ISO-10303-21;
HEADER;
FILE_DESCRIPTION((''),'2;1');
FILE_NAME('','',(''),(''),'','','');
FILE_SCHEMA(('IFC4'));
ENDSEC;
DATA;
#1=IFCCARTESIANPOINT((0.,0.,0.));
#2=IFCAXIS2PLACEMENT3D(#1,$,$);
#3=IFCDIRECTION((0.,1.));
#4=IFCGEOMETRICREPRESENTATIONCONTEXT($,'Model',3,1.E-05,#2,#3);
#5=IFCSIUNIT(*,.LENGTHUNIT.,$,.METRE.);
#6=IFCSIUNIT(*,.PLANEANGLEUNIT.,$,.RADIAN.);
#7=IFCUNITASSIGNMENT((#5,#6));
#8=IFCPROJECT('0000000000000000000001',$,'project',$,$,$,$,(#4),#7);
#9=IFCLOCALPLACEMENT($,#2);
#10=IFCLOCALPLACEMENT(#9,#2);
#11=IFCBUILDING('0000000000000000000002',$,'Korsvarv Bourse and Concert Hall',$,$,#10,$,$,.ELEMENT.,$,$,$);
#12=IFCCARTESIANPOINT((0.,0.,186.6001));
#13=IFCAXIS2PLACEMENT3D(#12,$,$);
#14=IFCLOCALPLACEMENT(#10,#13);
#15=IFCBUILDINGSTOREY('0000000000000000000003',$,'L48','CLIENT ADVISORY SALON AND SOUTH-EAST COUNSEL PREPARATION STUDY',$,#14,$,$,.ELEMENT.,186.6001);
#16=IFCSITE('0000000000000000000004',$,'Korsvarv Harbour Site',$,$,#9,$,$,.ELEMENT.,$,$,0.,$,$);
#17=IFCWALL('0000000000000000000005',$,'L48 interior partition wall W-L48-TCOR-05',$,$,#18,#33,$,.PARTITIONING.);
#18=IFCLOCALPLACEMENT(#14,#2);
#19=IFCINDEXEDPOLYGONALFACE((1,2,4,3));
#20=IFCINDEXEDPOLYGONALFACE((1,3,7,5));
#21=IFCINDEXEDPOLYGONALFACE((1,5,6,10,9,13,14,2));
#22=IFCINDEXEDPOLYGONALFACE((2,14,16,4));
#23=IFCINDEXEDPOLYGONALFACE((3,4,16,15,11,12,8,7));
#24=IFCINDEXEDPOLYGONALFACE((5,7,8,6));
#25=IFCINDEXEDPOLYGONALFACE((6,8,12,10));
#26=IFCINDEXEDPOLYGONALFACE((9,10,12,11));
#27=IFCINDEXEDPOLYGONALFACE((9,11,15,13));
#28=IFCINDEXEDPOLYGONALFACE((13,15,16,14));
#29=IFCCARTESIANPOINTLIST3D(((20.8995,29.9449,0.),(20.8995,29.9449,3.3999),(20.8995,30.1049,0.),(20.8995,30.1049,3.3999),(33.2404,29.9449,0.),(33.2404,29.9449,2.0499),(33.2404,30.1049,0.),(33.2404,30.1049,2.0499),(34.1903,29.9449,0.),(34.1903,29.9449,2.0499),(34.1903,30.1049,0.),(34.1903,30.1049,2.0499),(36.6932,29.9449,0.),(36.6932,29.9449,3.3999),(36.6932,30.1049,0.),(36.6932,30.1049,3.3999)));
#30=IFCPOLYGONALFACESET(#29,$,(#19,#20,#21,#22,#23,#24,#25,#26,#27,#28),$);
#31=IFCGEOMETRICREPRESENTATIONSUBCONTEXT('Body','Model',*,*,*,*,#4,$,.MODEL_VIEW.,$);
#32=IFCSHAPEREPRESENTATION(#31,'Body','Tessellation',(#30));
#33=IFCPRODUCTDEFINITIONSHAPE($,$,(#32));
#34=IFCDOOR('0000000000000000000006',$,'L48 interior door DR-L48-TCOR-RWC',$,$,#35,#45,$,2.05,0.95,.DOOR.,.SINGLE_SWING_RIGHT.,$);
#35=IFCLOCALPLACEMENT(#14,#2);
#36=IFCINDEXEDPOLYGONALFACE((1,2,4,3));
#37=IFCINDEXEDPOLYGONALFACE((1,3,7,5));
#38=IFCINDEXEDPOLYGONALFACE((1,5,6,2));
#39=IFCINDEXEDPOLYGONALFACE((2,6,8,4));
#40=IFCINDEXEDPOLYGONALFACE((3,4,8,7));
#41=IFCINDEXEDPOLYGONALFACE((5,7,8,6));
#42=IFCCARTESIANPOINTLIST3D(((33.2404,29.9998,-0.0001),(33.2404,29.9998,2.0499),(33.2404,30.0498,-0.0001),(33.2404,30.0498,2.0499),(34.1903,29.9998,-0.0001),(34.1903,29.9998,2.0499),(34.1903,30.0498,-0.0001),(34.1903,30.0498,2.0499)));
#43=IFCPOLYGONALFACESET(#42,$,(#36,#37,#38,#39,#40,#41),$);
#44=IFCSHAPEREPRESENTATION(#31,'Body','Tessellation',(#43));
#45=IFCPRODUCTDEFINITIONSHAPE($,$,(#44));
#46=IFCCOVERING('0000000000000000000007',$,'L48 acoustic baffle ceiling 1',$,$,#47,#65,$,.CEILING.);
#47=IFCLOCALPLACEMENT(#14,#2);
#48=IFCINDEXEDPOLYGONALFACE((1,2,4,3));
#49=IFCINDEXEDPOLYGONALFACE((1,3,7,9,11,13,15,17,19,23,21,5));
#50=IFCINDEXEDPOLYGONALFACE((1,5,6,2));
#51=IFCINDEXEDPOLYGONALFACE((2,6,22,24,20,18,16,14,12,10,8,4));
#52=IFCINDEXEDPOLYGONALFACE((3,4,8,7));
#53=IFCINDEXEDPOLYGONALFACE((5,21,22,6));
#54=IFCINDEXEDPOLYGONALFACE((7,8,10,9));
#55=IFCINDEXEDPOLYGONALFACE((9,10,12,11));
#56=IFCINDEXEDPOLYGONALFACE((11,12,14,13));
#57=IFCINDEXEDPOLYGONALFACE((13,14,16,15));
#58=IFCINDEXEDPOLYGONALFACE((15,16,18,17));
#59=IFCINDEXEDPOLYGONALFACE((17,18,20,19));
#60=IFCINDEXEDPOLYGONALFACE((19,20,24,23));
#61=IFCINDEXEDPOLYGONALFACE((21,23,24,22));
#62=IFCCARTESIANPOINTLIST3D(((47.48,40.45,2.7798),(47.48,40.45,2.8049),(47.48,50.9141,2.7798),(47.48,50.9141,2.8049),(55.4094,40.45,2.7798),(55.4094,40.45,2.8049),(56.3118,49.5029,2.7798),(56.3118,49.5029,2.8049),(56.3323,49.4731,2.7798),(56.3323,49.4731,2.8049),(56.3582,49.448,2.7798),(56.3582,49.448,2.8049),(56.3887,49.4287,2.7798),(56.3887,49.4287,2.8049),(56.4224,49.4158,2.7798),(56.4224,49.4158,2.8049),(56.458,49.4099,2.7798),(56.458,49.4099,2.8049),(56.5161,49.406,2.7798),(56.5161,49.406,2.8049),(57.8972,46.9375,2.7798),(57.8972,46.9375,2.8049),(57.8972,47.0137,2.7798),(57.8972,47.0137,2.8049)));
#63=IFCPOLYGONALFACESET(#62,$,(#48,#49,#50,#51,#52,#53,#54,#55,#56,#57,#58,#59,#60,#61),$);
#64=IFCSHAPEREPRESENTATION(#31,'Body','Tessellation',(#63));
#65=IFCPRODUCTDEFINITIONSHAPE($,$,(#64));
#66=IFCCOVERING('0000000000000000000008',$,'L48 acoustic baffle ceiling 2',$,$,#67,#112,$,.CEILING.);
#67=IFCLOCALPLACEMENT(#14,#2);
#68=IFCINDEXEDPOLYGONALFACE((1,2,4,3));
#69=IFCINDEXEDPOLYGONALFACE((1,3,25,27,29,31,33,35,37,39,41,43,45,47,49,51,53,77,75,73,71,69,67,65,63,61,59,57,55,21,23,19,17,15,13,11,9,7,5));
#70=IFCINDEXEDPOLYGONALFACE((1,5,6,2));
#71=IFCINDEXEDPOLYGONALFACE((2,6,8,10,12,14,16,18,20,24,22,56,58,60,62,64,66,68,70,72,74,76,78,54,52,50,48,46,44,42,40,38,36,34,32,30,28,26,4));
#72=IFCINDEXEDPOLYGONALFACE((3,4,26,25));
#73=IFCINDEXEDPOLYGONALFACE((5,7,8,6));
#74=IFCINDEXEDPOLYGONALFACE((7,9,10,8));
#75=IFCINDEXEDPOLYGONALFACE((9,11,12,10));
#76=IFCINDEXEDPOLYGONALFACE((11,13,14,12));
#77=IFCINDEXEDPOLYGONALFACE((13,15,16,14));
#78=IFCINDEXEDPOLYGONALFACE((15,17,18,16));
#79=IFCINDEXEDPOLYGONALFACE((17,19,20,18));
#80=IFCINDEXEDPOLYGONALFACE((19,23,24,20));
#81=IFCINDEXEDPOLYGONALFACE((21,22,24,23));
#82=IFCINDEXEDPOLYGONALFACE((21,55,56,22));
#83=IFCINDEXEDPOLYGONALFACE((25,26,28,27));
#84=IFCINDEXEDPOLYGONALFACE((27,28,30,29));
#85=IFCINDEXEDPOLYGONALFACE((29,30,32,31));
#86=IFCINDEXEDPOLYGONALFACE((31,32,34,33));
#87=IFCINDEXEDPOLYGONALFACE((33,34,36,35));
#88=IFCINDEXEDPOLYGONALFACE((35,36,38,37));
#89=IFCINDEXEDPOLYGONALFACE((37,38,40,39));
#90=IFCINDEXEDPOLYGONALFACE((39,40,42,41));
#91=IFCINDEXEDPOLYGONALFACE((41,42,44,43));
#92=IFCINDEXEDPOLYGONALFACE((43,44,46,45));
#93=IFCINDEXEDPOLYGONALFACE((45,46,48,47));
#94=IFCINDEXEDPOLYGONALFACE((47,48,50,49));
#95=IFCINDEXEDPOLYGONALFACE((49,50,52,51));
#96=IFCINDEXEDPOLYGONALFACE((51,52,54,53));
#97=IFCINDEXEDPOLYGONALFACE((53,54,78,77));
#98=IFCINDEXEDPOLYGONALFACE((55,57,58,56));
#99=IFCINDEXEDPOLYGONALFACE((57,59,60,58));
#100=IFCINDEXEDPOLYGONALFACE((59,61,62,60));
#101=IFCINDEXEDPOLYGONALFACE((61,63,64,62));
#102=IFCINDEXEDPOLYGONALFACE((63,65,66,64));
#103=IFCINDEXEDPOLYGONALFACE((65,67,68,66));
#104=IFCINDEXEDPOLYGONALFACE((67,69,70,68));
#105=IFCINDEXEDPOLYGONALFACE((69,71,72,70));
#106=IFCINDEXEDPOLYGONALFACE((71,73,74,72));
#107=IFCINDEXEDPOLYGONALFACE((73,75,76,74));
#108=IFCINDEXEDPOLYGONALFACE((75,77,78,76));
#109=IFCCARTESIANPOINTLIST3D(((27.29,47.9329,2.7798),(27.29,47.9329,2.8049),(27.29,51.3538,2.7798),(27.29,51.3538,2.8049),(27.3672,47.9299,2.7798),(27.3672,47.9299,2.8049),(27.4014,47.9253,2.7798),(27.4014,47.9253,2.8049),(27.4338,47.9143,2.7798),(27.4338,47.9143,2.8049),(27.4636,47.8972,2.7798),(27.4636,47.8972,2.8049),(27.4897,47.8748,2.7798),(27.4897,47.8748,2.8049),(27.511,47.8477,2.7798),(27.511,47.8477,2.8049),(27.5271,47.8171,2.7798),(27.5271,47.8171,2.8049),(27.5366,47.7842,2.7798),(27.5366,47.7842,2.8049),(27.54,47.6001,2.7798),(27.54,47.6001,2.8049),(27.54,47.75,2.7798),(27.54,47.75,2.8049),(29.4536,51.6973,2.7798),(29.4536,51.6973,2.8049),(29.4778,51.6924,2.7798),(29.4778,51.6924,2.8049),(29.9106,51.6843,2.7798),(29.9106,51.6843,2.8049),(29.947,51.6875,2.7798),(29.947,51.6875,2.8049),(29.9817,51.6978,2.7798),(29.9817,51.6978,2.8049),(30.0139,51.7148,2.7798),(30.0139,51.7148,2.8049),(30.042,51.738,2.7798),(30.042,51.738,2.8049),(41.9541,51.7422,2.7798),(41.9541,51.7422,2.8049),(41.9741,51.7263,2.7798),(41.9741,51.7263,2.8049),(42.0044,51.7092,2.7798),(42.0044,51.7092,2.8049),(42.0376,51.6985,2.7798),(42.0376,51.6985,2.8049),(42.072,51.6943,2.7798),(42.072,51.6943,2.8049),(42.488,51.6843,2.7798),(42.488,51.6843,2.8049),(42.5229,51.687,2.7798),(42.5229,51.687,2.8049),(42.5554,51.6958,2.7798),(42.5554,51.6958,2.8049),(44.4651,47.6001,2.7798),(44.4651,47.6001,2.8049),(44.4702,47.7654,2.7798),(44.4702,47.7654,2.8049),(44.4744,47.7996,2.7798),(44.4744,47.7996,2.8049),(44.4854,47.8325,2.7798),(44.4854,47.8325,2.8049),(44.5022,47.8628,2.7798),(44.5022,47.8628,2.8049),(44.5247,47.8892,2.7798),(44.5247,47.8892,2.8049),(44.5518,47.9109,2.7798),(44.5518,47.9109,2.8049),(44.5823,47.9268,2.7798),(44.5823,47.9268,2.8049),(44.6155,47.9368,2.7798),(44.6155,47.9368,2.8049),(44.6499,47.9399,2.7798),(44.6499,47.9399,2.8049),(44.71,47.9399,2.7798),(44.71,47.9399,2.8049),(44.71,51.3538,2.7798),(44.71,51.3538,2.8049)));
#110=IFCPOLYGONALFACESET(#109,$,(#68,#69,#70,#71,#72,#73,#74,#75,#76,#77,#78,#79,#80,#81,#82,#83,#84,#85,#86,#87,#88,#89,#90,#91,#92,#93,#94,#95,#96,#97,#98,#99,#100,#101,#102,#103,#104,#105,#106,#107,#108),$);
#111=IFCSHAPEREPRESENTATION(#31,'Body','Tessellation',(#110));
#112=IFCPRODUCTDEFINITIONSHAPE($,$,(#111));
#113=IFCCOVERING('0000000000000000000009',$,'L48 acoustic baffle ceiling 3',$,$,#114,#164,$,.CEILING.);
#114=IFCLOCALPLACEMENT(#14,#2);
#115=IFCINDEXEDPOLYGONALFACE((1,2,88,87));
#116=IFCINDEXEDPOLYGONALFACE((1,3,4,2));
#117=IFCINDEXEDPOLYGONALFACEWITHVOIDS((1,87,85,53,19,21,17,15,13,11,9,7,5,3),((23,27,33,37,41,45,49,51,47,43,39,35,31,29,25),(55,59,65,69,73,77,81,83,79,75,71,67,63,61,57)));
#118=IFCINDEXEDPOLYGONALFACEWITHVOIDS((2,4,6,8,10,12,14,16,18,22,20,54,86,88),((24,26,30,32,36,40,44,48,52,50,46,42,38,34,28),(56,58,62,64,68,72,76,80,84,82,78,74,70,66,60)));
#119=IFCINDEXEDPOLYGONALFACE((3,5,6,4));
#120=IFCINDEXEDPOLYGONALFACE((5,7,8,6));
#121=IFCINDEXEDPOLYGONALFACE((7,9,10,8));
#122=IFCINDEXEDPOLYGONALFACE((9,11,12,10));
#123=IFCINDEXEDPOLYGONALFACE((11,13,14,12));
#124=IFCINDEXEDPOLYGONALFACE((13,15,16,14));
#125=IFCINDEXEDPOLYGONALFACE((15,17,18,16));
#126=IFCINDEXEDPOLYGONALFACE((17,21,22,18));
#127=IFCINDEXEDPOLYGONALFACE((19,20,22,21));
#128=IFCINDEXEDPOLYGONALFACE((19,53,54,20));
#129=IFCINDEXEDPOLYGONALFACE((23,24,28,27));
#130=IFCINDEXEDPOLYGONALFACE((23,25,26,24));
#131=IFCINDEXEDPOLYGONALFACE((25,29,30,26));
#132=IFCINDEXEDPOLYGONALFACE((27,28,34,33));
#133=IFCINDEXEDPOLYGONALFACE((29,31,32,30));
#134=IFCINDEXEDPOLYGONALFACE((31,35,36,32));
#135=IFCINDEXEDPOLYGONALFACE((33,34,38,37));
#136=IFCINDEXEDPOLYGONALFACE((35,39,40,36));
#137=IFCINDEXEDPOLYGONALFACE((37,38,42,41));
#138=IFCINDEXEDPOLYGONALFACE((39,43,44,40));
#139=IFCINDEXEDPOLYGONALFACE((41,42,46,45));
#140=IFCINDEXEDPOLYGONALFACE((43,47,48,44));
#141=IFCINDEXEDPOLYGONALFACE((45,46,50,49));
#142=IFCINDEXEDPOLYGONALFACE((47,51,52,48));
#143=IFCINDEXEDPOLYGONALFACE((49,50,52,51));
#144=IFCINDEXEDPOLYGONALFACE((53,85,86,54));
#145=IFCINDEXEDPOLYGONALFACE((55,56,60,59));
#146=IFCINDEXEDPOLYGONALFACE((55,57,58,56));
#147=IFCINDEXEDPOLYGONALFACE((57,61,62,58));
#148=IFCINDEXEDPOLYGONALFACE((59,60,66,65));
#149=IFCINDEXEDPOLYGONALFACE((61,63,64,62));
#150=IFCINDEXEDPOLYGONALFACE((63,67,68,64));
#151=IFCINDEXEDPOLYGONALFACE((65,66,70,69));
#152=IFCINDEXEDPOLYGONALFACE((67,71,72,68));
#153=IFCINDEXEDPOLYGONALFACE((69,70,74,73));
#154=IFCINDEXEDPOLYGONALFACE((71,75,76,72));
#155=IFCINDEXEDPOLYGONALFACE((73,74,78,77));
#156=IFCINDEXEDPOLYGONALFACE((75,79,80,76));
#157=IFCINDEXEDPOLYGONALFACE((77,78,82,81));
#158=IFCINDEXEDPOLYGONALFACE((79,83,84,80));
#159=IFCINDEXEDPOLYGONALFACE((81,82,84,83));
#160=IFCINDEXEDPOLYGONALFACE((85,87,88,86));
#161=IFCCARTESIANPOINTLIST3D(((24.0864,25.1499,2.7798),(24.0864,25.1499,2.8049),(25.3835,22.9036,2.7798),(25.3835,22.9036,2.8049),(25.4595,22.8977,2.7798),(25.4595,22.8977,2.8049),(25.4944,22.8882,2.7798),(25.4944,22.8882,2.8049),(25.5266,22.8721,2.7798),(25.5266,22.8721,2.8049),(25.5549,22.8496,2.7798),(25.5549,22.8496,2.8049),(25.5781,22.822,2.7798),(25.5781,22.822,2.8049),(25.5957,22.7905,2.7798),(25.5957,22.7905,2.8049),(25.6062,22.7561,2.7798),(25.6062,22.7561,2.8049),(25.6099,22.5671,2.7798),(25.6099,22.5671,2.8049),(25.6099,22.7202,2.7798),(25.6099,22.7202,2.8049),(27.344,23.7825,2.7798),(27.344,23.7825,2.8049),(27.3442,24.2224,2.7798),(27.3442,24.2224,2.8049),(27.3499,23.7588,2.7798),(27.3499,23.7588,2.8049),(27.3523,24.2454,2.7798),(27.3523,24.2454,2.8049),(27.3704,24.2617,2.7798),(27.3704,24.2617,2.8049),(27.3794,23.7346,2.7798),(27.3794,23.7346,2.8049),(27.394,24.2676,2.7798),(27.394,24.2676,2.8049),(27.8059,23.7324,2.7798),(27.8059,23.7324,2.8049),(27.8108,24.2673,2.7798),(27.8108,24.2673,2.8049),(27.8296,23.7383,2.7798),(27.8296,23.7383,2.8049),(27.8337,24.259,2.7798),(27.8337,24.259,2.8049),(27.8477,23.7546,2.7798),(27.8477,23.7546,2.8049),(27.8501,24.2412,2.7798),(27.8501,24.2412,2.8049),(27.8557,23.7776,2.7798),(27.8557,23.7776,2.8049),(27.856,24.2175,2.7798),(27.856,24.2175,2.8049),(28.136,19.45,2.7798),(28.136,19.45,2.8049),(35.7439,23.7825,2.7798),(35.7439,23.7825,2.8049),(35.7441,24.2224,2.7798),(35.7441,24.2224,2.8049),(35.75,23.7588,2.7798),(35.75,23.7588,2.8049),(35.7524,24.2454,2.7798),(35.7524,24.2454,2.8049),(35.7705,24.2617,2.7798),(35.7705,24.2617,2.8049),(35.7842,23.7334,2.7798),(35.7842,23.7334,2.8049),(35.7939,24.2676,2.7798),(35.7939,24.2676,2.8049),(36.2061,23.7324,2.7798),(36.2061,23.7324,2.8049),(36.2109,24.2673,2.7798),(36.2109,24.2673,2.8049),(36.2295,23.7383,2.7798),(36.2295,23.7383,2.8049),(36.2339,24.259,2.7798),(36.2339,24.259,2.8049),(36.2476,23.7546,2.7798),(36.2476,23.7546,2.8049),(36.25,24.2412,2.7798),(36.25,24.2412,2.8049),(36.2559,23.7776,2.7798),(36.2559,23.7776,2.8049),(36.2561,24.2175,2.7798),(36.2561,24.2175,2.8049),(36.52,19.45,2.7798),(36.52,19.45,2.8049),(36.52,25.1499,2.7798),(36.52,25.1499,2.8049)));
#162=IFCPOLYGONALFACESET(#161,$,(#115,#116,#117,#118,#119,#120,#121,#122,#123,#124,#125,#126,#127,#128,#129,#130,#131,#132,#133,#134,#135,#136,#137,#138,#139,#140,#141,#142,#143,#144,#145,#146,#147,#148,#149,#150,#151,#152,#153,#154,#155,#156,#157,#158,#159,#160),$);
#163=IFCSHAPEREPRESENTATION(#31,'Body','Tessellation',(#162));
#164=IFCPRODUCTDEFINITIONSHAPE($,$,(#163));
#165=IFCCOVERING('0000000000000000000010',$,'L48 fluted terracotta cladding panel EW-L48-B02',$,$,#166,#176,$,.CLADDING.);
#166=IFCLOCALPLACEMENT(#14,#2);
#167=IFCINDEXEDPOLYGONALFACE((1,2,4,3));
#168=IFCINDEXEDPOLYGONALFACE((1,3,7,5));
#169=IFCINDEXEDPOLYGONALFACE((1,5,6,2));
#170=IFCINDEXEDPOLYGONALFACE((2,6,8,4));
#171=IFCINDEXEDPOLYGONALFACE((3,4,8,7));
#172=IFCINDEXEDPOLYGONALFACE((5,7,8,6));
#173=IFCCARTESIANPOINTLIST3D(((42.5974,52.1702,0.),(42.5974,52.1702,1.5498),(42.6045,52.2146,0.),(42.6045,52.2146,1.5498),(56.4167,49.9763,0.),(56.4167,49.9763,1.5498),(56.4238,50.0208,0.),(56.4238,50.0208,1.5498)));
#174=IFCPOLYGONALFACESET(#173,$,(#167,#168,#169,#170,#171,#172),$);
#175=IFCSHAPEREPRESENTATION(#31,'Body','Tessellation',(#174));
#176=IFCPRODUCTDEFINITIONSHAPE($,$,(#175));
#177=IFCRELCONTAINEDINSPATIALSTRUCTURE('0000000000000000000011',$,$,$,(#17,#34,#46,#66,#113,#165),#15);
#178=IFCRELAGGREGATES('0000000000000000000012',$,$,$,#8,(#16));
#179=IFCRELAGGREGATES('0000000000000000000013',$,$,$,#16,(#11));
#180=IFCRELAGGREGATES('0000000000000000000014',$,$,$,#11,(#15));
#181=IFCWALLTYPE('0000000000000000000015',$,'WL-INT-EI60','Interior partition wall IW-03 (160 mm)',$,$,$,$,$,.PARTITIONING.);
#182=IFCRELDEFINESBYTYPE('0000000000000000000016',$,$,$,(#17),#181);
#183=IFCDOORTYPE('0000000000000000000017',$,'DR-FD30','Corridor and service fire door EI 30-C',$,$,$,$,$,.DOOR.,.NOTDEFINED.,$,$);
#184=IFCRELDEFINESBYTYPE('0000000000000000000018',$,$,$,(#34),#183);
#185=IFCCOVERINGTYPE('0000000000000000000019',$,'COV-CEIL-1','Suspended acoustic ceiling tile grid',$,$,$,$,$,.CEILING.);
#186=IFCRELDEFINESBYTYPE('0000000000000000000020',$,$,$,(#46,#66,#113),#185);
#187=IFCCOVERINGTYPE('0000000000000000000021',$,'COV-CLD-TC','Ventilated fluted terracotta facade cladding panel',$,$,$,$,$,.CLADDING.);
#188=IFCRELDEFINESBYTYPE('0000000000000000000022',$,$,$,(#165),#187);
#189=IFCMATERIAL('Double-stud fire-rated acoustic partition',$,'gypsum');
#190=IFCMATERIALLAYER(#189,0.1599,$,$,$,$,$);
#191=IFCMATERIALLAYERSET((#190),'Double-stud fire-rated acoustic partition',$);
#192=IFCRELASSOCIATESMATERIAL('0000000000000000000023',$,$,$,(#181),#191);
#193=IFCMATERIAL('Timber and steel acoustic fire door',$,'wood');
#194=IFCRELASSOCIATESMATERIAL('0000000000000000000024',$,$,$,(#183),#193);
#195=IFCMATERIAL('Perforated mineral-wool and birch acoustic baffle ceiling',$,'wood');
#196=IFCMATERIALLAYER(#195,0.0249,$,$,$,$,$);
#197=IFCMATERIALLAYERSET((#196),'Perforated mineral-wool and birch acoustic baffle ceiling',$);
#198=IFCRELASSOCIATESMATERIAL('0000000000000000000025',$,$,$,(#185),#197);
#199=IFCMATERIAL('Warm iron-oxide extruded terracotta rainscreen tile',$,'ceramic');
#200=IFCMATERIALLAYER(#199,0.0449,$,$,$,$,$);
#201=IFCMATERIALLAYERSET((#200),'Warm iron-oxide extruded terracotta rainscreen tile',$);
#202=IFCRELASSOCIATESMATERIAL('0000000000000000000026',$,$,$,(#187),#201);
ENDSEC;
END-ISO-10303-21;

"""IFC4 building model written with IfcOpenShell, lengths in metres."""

from ifc_helpers import new_model, si_unit, direction, frame, frame_2d, origin, place, context, subcontext, project, spatial, polyline, rectangle, outline, extrude, material, layer, layer_set, type_object, element, fill, save


model = new_model("IFC4")

# Units and contexts
model_context = context("Model", 3, precision=1e-05, world=origin(), true_north=direction((0.0, 1.0)))
body_context = subcontext(model_context, "Body", "Model", "MODEL_VIEW")
ifc_project = project(units=[si_unit("LENGTHUNIT", "METRE"), si_unit("PLANEANGLEUNIT", "RADIAN")], contexts=[model_context])

# Site, building, storey
site_placement = place(None, origin())
site = spatial("IfcSite", under=ifc_project, at=site_placement, Name="Korsvarv Harbour Site", CompositionType="ELEMENT", RefElevation=0.0)
building_placement = place(site_placement, origin())
building = spatial("IfcBuilding", under=site, at=building_placement, Name="Korsvarv Bourse and Concert Hall", CompositionType="ELEMENT")
storey_placement = place(building_placement, frame((0.0, 0.0, 186.6001)))
storey = spatial("IfcBuildingStorey", under=building, at=storey_placement, Name="L48", Description="CLIENT ADVISORY SALON AND SOUTH-EAST COUNSEL PREPARATION STUDY", CompositionType="ELEMENT", Elevation=186.6001)

# Wall, opening, door
ifc_material_1 = material(Name="Double-stud fire-rated acoustic partition", Category="gypsum")
ifc_layer_1 = layer(ifc_material_1, 0.1599)
ifc_layer_set_1 = layer_set([ifc_layer_1], Name="Double-stud fire-rated acoustic partition")
wall_type = type_object("IfcWallType", Name="WL-INT-EI60", Description="Interior partition wall IW-03 (160 mm)", PredefinedType="PARTITIONING", material=ifc_layer_set_1)
wall_placement = place(storey_placement, frame((20.8994, 30.0249, 0.0), z_axis=(0.0, 0.0, 1.0), x_axis=(1.0, 0.0, 0.0)))
wall = element("IfcWall", 1, at=wall_placement, inside=storey, type_object=wall_type, Name="L48 interior partition wall W-L48-TCOR-05", PredefinedType="PARTITIONING", context=body_context, shape_type="SweptSolid", body=[
    extrude(rectangle(XDim=15.7937, YDim=0.1599, at=frame_2d((7.897, 0.0))), origin(), (0.0, 0.0, 1.0), 3.3999),
])
opening_placement = place(wall_placement, frame((12.3408, 0.0, 0.0)))
opening = element("IfcOpeningElement", 2, at=opening_placement, cuts=wall, PredefinedType="OPENING", context=body_context, shape_type="SweptSolid", body=[
    extrude(rectangle(XDim=0.95, YDim=2.05, at=frame_2d((0.4751, 1.0249))), frame((0.0, 0.0898, 0.0), z_axis=(0.0, -1.0, 0.0), x_axis=(1.0, 0.0, 0.0)), (0.0, 0.0, 1.0), 0.1799),
])
ifc_material_2 = material(Name="Timber and steel acoustic fire door", Category="wood")
door_type = type_object("IfcDoorType", Name="DR-FD30", Description="Corridor and service fire door EI 30-C", OperationType="NOTDEFINED", PredefinedType="DOOR", material=ifc_material_2)
door_placement = place(opening_placement, origin())
door = element("IfcDoor", 3, at=door_placement, inside=storey, type_object=door_type, Name="L48 interior door DR-L48-TCOR-RWC", OperationType="SINGLE_SWING_RIGHT", OverallHeight=2.05, OverallWidth=0.95, PredefinedType="DOOR", context=body_context, shape_type="SweptSolid", body=[
    extrude(rectangle(XDim=0.95, YDim=2.05, at=frame_2d((0.4751, 1.0249))), frame((0.0, 0.0249, 0.0), z_axis=(0.0, -1.0, 0.0), x_axis=(1.0, 0.0, 0.0)), (0.0, 0.0, 1.0), 0.05),
])
fill(opening, door)

# Coverings
ifc_material_3 = material(Name="Perforated mineral-wool and birch acoustic baffle ceiling", Category="wood")
ifc_layer_2 = layer(ifc_material_3, 0.0249)
ifc_layer_set_2 = layer_set([ifc_layer_2], Name="Perforated mineral-wool and birch acoustic baffle ceiling")
covering_type_1 = type_object("IfcCoveringType", Name="COV-CEIL-1", Description="Suspended acoustic ceiling tile grid", PredefinedType="CEILING", material=ifc_layer_set_2)
covering_1_placement = place(storey_placement, frame((0.0, 0.0, 2.7798)))
element("IfcCovering", 4, at=covering_1_placement, inside=storey, type_object=covering_type_1, Name="L48 acoustic baffle ceiling 1", PredefinedType="CEILING", context=body_context, shape_type="SweptSolid", body=[
    extrude(outline(polyline([(56.3118, 49.5029), (56.3323, 49.4731), (56.3582, 49.448), (56.3887, 49.4287), (56.4224, 49.4158), (56.458, 49.4099), (56.5161, 49.406), (57.8972, 47.0137), (57.8972, 46.9375), (55.4094, 40.45), (47.48, 40.45), (47.48, 50.9141), (56.3118, 49.5029)])), origin(), (0.0, 0.0, 1.0), 0.0251),
])
covering_2_placement = place(storey_placement, frame((0.0, 0.0, 2.7798)))
element("IfcCovering", 5, at=covering_2_placement, inside=storey, type_object=covering_type_1, Name="L48 acoustic baffle ceiling 2", PredefinedType="CEILING", context=body_context, shape_type="SweptSolid", body=[
    extrude(outline(polyline([(29.4536, 51.6973), (29.4778, 51.6924), (29.9106, 51.6843), (29.947, 51.6875), (29.9817, 51.6978), (30.0139, 51.7148), (30.042, 51.738), (41.9541, 51.7422), (41.9741, 51.7263), (42.0044, 51.7092), (42.0376, 51.6985), (42.072, 51.6943), (42.488, 51.6843), (42.5229, 51.687), (42.5554, 51.6958), (44.71, 51.3538), (44.71, 47.9399), (44.6499, 47.9399), (44.6155, 47.9368), (44.5823, 47.9268), (44.5518, 47.9109), (44.5247, 47.8892), (44.5022, 47.8628), (44.4854, 47.8325), (44.4744, 47.7996), (44.4702, 47.7654), (44.4651, 47.6001), (27.54, 47.6001), (27.54, 47.75), (27.5366, 47.7842), (27.5271, 47.8171), (27.511, 47.8477), (27.4897, 47.8748), (27.4636, 47.8972), (27.4338, 47.9143), (27.4014, 47.9253), (27.3672, 47.9299), (27.29, 47.9329), (27.29, 51.3538), (29.4536, 51.6973)])), origin(), (0.0, 0.0, 1.0), 0.0251),
])
covering_3_placement = place(storey_placement, frame((0.0, 0.0, 2.7798)))
element("IfcCovering", 6, at=covering_3_placement, inside=storey, type_object=covering_type_1, Name="L48 acoustic baffle ceiling 3", PredefinedType="CEILING", context=body_context, shape_type="SweptSolid", body=[
    extrude(outline(polyline([(28.136, 19.45), (25.6099, 22.5671), (25.6099, 22.7202), (25.6062, 22.7561), (25.5957, 22.7905), (25.5781, 22.822), (25.5549, 22.8496), (25.5266, 22.8721), (25.4944, 22.8882), (25.4595, 22.8977), (25.3835, 22.9036), (24.0864, 25.1499), (36.52, 25.1499), (36.52, 19.45), (28.136, 19.45)]), holes=[polyline([(27.3794, 23.7346), (27.8059, 23.7324), (27.8296, 23.7383), (27.8477, 23.7546), (27.8557, 23.7776), (27.856, 24.2175), (27.8501, 24.2412), (27.8337, 24.259), (27.8108, 24.2673), (27.394, 24.2676), (27.3704, 24.2617), (27.3523, 24.2454), (27.3442, 24.2224), (27.344, 23.7825), (27.3499, 23.7588), (27.3794, 23.7346)]), polyline([(35.7842, 23.7334), (36.2061, 23.7324), (36.2295, 23.7383), (36.2476, 23.7546), (36.2559, 23.7776), (36.2561, 24.2175), (36.25, 24.2412), (36.2339, 24.259), (36.2109, 24.2673), (35.7939, 24.2676), (35.7705, 24.2617), (35.7524, 24.2454), (35.7441, 24.2224), (35.7439, 23.7825), (35.75, 23.7588), (35.7842, 23.7334)])]), origin(), (0.0, 0.0, 1.0), 0.0251),
])
ifc_material_4 = material(Name="Warm iron-oxide extruded terracotta rainscreen tile", Category="ceramic")
ifc_layer_3 = layer(ifc_material_4, 0.0449)
ifc_layer_set_3 = layer_set([ifc_layer_3], Name="Warm iron-oxide extruded terracotta rainscreen tile")
covering_type_2 = type_object("IfcCoveringType", Name="COV-CLD-TC", Description="Ventilated fluted terracotta facade cladding panel", PredefinedType="CLADDING", material=ifc_layer_set_3)
covering_4_placement = place(storey_placement, origin())
element("IfcCovering", 7, at=covering_4_placement, inside=storey, type_object=covering_type_2, Name="L48 fluted terracotta cladding panel EW-L48-B02", PredefinedType="CLADDING", context=body_context, shape_type="SweptSolid", body=[
    extrude(outline(polyline([(56.4167, 49.9763), (42.5974, 52.1702), (42.6045, 52.2146), (56.4238, 50.0208), (56.4167, 49.9763)])), origin(), (0.0, 0.0, 1.0), 1.5498),
])

save(model, "model.ifc")
